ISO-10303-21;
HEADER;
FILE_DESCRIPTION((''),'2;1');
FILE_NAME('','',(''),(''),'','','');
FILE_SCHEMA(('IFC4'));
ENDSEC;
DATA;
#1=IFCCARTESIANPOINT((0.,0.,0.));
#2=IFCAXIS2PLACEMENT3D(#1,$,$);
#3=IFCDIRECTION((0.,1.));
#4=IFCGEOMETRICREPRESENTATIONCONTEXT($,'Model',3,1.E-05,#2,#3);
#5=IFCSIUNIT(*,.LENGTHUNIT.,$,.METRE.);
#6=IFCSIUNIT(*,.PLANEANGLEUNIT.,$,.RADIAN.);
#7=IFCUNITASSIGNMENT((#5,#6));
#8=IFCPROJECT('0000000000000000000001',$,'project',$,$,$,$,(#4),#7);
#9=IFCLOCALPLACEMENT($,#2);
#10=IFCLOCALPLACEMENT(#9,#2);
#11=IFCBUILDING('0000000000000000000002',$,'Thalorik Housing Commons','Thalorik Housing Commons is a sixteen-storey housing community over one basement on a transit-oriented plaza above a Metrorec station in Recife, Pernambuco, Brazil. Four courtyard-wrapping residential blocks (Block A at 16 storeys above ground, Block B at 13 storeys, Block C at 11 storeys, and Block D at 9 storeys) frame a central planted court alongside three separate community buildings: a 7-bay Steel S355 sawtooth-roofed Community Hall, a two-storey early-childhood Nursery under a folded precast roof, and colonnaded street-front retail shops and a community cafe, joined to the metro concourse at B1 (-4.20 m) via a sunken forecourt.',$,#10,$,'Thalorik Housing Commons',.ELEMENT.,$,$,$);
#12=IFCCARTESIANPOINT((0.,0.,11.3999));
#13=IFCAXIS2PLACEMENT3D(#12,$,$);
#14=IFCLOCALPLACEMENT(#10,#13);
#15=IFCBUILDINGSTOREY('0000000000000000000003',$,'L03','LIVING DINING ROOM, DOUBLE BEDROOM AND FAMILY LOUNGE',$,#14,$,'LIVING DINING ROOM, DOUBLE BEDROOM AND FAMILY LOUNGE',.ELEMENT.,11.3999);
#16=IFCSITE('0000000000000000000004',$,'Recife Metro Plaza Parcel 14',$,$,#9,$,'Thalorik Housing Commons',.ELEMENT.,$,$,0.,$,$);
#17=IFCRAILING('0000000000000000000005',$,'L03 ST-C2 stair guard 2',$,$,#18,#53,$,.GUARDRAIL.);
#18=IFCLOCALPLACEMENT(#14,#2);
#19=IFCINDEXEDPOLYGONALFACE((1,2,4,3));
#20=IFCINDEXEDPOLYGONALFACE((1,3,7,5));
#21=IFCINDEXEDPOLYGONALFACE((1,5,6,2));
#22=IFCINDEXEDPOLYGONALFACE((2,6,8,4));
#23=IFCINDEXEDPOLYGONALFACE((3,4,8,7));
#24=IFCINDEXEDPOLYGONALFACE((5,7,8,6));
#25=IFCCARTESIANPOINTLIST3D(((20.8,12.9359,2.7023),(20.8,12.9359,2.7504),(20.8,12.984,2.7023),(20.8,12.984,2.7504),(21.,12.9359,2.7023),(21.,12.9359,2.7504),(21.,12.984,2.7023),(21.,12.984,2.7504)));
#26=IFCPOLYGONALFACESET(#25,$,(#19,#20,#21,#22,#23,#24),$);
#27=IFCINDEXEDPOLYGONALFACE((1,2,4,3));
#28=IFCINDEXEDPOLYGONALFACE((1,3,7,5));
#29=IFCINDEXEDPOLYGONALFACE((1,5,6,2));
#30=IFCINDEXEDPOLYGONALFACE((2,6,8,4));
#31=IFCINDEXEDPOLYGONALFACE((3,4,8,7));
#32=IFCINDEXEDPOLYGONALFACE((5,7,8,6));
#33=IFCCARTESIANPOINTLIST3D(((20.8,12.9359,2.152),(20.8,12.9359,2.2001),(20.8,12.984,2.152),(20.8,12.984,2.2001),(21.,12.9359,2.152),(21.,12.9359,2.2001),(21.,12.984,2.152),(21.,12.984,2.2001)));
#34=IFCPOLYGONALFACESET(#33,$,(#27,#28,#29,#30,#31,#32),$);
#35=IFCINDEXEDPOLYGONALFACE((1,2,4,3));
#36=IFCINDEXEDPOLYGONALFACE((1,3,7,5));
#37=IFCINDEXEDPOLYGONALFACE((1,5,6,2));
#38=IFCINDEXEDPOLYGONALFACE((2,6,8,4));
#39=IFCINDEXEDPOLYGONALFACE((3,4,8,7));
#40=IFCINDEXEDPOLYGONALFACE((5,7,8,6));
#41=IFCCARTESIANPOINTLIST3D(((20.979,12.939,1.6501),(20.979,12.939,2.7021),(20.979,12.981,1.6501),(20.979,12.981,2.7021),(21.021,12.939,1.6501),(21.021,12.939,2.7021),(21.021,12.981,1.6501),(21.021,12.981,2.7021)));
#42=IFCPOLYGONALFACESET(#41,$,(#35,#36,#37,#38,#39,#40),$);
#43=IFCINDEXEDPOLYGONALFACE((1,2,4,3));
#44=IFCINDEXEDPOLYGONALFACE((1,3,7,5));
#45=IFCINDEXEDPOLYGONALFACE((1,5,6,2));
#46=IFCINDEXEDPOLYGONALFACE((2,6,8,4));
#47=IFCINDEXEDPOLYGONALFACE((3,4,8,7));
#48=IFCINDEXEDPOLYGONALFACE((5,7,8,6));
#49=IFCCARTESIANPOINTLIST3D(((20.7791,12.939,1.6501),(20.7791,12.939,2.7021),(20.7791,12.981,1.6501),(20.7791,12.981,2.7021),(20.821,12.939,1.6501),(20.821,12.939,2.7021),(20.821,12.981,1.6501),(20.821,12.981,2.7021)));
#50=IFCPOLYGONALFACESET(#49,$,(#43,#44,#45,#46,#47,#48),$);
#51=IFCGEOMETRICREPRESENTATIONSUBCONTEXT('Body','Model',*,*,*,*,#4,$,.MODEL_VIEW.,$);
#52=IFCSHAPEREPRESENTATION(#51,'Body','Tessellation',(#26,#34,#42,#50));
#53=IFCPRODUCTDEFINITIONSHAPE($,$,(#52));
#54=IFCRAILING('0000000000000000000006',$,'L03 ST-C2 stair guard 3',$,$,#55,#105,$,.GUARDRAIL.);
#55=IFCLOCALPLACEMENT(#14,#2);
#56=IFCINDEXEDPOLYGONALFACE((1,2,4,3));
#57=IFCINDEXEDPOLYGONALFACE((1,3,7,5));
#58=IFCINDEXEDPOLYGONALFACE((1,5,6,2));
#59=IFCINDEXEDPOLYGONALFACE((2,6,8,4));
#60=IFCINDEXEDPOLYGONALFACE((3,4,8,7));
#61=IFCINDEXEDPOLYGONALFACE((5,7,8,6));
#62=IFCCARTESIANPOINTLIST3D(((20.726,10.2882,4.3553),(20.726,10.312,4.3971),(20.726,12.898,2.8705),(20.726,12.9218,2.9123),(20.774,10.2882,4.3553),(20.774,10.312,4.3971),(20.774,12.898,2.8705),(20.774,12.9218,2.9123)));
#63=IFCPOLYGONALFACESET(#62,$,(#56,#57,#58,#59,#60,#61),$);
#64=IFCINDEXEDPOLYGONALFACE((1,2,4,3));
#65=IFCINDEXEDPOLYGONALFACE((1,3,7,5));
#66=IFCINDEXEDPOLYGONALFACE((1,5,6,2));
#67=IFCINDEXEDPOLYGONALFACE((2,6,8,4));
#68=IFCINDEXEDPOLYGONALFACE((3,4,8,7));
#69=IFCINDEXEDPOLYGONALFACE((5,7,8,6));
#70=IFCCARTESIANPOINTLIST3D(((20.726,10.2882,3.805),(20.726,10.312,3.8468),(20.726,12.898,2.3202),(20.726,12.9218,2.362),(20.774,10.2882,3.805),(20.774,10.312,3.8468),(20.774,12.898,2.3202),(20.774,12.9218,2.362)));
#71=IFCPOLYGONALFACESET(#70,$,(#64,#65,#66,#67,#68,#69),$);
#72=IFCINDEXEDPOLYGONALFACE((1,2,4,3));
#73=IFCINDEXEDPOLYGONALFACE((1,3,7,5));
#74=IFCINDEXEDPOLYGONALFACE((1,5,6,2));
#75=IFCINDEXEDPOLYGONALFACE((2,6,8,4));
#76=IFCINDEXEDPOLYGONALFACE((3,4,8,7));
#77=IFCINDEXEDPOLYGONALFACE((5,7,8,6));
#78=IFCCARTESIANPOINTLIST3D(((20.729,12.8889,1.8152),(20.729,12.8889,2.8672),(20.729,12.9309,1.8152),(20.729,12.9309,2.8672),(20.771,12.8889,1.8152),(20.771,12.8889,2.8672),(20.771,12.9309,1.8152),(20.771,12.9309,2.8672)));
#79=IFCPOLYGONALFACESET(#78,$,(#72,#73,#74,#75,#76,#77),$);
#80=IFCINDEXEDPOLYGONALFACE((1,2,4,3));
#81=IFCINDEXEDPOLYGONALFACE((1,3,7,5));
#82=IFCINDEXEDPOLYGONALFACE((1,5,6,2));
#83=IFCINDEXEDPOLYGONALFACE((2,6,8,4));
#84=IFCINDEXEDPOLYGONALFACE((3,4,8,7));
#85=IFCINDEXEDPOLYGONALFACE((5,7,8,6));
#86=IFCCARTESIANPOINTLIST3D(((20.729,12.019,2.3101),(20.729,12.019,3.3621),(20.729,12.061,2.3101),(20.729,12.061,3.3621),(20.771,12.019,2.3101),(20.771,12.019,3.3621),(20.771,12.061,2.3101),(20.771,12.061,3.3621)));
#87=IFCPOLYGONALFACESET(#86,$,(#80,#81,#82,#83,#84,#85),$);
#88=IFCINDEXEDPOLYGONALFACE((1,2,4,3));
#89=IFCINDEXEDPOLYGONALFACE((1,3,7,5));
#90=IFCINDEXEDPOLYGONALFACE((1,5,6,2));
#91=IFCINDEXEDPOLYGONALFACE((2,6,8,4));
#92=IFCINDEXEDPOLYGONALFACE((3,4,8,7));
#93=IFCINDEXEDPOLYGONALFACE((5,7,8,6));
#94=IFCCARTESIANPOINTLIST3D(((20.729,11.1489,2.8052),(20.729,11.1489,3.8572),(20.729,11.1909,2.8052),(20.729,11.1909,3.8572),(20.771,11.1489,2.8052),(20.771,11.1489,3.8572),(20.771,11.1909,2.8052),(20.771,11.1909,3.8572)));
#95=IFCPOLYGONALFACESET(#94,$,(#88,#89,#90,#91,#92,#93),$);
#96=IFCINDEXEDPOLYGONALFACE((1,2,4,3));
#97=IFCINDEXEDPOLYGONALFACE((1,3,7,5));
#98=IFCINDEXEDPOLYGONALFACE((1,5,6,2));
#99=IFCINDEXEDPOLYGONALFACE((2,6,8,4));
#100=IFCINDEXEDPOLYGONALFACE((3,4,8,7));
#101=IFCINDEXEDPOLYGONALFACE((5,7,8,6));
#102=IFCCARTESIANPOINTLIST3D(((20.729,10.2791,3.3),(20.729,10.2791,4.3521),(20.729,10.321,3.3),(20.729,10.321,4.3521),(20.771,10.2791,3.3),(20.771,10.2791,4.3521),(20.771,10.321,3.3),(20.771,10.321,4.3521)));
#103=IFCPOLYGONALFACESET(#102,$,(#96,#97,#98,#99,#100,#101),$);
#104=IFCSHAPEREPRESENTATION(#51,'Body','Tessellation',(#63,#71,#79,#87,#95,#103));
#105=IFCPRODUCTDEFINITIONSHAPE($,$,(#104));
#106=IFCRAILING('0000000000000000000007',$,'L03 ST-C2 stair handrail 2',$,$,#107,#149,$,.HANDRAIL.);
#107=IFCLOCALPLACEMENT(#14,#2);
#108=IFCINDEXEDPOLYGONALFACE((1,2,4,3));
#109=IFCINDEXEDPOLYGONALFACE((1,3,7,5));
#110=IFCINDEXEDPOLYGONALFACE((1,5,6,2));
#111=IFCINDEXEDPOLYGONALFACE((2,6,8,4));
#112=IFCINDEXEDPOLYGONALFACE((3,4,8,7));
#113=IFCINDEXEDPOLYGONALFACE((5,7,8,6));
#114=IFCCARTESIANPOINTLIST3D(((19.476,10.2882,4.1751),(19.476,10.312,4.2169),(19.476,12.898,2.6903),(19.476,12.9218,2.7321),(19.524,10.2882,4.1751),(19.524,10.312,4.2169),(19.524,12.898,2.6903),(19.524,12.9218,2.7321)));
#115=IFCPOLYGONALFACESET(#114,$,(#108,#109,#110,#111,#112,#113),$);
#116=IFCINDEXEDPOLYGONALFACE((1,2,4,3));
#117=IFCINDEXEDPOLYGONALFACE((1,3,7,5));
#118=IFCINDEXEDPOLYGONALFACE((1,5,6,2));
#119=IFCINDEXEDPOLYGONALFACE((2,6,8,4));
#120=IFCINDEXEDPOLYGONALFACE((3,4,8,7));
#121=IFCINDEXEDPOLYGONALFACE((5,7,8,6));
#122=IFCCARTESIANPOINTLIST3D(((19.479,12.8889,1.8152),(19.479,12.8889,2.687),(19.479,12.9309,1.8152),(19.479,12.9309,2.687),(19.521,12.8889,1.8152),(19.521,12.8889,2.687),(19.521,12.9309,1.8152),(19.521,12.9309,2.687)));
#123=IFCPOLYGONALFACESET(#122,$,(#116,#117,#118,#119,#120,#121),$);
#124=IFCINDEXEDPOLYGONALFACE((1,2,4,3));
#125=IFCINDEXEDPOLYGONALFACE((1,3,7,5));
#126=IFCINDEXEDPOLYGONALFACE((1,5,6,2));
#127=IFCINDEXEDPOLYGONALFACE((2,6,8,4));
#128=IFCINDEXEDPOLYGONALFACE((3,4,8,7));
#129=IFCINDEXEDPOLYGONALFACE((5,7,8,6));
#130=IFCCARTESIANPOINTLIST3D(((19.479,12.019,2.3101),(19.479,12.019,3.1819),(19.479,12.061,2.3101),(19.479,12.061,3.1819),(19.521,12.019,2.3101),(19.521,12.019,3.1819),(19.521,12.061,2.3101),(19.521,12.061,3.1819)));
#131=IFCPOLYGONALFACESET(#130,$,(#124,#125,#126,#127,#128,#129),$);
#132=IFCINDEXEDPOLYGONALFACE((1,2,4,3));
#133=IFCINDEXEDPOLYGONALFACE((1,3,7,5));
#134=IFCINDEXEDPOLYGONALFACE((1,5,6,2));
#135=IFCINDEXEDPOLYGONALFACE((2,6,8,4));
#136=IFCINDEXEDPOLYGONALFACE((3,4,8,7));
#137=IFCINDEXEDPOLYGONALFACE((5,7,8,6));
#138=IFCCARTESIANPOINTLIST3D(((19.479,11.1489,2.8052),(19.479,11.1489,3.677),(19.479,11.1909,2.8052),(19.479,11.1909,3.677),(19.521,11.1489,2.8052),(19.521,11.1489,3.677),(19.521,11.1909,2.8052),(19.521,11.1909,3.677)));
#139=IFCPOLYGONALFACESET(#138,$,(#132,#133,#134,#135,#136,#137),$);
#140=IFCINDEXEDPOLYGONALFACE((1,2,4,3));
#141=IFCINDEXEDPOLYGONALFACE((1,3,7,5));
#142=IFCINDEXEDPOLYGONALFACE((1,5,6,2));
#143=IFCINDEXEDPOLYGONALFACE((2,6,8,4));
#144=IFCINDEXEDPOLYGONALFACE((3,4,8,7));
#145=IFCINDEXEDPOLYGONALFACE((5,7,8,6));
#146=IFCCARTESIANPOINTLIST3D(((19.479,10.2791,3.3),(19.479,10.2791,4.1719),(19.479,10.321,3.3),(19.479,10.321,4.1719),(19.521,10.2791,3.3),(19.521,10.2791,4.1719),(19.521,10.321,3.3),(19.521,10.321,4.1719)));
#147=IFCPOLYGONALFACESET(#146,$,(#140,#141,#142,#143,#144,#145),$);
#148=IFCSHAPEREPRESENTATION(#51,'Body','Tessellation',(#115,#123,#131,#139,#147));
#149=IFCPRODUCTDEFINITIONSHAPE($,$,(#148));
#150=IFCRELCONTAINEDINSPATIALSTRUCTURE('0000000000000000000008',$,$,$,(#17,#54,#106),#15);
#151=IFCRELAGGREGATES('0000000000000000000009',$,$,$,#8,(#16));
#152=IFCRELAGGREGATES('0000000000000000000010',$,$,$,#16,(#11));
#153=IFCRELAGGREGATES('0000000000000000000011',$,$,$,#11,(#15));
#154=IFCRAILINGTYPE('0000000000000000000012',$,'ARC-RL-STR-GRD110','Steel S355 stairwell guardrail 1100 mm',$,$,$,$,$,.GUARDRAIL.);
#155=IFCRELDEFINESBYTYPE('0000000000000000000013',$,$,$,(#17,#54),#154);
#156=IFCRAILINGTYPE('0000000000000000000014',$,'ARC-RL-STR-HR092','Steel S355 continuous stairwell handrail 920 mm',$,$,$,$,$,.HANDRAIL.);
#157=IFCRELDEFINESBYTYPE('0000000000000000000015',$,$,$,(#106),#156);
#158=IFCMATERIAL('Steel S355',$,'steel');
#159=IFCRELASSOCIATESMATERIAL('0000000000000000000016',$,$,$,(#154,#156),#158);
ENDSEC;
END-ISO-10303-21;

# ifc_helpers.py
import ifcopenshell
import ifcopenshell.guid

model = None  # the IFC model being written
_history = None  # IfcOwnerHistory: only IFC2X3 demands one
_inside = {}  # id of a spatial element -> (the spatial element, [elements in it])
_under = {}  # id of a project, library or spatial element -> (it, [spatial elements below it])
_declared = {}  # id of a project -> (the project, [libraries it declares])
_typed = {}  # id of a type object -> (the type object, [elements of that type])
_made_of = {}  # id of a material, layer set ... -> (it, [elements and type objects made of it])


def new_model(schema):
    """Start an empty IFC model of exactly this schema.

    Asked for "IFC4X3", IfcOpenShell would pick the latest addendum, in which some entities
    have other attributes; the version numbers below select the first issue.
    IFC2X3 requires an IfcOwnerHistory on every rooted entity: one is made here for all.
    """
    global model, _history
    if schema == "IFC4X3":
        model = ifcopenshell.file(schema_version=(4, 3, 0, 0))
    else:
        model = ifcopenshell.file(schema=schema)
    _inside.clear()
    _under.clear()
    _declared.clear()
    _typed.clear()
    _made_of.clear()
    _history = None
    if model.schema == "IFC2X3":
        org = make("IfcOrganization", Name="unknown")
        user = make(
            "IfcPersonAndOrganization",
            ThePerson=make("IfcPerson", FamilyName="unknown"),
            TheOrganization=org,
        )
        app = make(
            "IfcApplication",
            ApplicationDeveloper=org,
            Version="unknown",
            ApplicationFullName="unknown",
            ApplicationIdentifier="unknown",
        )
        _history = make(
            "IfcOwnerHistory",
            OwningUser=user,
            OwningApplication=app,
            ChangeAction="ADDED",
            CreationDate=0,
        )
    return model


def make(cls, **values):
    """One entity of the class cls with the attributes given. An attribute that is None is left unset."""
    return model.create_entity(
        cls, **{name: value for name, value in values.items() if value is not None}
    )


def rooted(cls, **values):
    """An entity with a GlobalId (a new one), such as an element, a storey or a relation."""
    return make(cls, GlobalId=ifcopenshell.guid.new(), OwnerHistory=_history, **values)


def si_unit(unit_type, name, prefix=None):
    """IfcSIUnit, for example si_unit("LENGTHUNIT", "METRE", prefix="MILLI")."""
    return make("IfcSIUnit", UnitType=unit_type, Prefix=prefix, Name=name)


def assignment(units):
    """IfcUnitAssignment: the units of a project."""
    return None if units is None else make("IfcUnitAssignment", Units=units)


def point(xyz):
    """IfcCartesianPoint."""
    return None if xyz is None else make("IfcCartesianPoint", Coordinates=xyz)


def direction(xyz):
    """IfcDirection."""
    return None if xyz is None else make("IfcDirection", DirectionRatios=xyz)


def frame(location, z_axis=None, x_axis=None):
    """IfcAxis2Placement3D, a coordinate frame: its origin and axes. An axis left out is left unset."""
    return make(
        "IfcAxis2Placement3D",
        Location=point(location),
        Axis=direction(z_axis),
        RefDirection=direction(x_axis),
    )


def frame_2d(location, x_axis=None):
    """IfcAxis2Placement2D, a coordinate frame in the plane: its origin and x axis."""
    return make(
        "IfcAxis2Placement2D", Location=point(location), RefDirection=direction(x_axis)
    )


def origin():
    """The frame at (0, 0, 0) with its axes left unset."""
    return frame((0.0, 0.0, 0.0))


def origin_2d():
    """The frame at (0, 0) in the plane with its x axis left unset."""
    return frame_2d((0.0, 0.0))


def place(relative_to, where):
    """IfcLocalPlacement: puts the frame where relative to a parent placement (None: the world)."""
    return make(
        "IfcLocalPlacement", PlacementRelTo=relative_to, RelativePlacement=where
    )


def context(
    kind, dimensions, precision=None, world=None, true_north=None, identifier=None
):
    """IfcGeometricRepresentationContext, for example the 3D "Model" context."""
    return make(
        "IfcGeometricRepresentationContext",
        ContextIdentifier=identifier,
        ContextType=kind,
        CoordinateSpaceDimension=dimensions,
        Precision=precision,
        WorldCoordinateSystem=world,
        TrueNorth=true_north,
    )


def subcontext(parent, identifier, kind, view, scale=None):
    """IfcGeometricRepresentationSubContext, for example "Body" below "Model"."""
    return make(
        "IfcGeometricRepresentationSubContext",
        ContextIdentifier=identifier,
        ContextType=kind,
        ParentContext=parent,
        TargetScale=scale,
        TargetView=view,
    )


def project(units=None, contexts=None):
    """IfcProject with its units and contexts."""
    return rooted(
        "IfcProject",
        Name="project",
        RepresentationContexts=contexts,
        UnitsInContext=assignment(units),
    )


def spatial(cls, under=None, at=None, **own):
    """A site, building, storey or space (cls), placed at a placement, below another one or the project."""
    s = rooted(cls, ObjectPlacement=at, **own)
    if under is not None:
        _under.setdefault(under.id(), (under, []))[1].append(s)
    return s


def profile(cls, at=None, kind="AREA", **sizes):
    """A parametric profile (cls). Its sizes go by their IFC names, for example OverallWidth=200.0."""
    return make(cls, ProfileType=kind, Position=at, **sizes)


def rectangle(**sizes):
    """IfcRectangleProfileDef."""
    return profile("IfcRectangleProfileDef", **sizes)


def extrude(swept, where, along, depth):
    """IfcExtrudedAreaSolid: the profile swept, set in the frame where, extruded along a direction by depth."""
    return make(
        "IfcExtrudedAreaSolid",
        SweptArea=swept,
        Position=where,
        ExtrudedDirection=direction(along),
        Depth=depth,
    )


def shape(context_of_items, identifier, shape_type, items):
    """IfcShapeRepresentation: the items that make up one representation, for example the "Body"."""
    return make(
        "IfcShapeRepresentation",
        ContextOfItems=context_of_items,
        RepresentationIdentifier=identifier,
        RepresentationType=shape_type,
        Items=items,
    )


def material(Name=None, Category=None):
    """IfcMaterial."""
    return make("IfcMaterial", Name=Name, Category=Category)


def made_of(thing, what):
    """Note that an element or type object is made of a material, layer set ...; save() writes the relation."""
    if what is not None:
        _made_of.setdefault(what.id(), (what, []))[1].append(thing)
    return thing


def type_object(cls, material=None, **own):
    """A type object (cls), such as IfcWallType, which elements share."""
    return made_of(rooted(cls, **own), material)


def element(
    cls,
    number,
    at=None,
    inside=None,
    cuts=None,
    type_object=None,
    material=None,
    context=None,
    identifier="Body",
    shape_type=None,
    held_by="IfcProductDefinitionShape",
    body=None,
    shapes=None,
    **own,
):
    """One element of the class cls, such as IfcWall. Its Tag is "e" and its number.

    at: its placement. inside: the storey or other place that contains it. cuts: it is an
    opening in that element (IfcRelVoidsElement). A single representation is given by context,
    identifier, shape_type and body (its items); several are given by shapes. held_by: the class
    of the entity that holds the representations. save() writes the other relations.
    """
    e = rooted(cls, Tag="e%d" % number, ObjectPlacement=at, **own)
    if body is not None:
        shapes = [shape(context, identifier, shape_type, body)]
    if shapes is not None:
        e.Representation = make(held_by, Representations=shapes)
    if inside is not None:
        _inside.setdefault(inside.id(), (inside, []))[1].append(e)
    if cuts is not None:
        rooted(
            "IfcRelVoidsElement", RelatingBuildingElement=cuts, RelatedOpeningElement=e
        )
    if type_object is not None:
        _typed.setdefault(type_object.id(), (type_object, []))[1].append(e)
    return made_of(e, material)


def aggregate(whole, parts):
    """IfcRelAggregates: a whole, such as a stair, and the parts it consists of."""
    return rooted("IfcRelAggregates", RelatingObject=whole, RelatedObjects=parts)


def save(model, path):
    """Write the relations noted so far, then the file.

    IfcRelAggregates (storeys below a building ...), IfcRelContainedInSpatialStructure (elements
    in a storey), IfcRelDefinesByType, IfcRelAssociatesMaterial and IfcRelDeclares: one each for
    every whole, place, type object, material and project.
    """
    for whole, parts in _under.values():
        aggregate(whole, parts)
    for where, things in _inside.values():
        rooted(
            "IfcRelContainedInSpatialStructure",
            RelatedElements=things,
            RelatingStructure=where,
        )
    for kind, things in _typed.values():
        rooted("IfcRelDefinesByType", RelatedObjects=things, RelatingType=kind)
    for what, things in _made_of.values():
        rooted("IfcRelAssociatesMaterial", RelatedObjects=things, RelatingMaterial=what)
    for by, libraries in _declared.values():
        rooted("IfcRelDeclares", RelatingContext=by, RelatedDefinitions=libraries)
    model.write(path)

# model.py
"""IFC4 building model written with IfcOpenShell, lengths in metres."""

from ifc_helpers import new_model, si_unit, direction, frame, origin, origin_2d, place, context, subcontext, project, spatial, rectangle, extrude, material, type_object, element, save


model = new_model("IFC4")

# Units and contexts
model_context = context("Model", 3, precision=1e-05, world=origin(), true_north=direction((0.0, 1.0)))
body_context = subcontext(model_context, "Body", "Model", "MODEL_VIEW")
ifc_project = project(units=[si_unit("LENGTHUNIT", "METRE"), si_unit("PLANEANGLEUNIT", "RADIAN")], contexts=[model_context])

# Site, building, storey
site_placement = place(None, origin())
site = spatial("IfcSite", under=ifc_project, at=site_placement, Name="Recife Metro Plaza Parcel 14", LongName="Thalorik Housing Commons", CompositionType="ELEMENT", RefElevation=0.0)
building_placement = place(site_placement, origin())
building = spatial("IfcBuilding", under=site, at=building_placement, Name="Thalorik Housing Commons", Description="Thalorik Housing Commons is a sixteen-storey housing community over one basement on a transit-oriented plaza above a Metrorec station in Recife, Pernambuco, Brazil. Four courtyard-wrapping residential blocks (Block A at 16 storeys above ground, Block B at 13 storeys, Block C at 11 storeys, and Block D at 9 storeys) frame a central planted court alongside three separate community buildings: a 7-bay Steel S355 sawtooth-roofed Community Hall, a two-storey early-childhood Nursery under a folded precast roof, and colonnaded street-front retail shops and a community cafe, joined to the metro concourse at B1 (-4.20 m) via a sunken forecourt.", LongName="Thalorik Housing Commons", CompositionType="ELEMENT")
storey_placement = place(building_placement, frame((0.0, 0.0, 11.3999)))
storey = spatial("IfcBuildingStorey", under=building, at=storey_placement, Name="L03", Description="LIVING DINING ROOM, DOUBLE BEDROOM AND FAMILY LOUNGE", LongName="LIVING DINING ROOM, DOUBLE BEDROOM AND FAMILY LOUNGE", CompositionType="ELEMENT", Elevation=11.3999)

# Shared definitions
ifc_material_1 = material(Name="Steel S355", Category="steel")

# Railings
railing_type_1 = type_object("IfcRailingType", Name="ARC-RL-STR-GRD110", Description="Steel S355 stairwell guardrail 1100 mm", PredefinedType="GUARDRAIL", material=ifc_material_1)
railing_1_placement = place(storey_placement, frame((21.0, 12.96, 1.6501)))
element("IfcRailing", 1, at=railing_1_placement, inside=storey, type_object=railing_type_1, Name="L03 ST-C2 stair guard 2", PredefinedType="GUARDRAIL", context=body_context, shape_type="SweptSolid", body=[
    extrude(rectangle(XDim=0.0481, YDim=0.0481, at=origin_2d()), frame((0.0, 0.0, 1.0762), z_axis=(-1.0, 0.0, 0.0), x_axis=(0.0, -1.0, 0.0)), (0.0, 0.0, 1.0), 0.2),
    extrude(rectangle(XDim=0.0481, YDim=0.0481, at=origin_2d()), frame((0.0, 0.0, 0.5259), z_axis=(-1.0, 0.0, 0.0), x_axis=(0.0, -1.0, 0.0)), (0.0, 0.0, 1.0), 0.2),
    extrude(rectangle(XDim=0.042, YDim=0.042, at=origin_2d()), origin(), (0.0, 0.0, 1.0), 1.052),
    extrude(rectangle(XDim=0.042, YDim=0.042, at=origin_2d()), frame((-0.2, 0.0, 0.0)), (0.0, 0.0, 1.0), 1.052),
])
railing_2_placement = place(storey_placement, frame((20.75, 12.9099, 1.8152)))
element("IfcRailing", 2, at=railing_2_placement, inside=storey, type_object=railing_type_1, Name="L03 ST-C2 stair guard 3", PredefinedType="GUARDRAIL", context=body_context, shape_type="SweptSolid", body=[
    extrude(rectangle(XDim=0.0481, YDim=0.0481, at=origin_2d()), frame((0.0, 0.0, 1.0762), z_axis=(0.0, -0.869172, 0.494509), x_axis=(1.0, 0.0, 0.0)), (0.0, 0.0, 1.0), 3.0027),
    extrude(rectangle(XDim=0.0481, YDim=0.0481, at=origin_2d()), frame((0.0, 0.0, 0.5259), z_axis=(0.0, -0.869172, 0.494509), x_axis=(1.0, 0.0, 0.0)), (0.0, 0.0, 1.0), 3.0027),
    extrude(rectangle(XDim=0.042, YDim=0.042, at=origin_2d()), origin(), (0.0, 0.0, 1.0), 1.052),
    extrude(rectangle(XDim=0.042, YDim=0.042, at=origin_2d()), frame((0.0, -0.8699, 0.4949)), (0.0, 0.0, 1.0), 1.052),
    extrude(rectangle(XDim=0.042, YDim=0.042, at=origin_2d()), frame((0.0, -1.74, 0.99)), (0.0, 0.0, 1.0), 1.052),
    extrude(rectangle(XDim=0.042, YDim=0.042, at=origin_2d()), frame((0.0, -2.6099, 1.4849)), (0.0, 0.0, 1.0), 1.052),
])
railing_type_2 = type_object("IfcRailingType", Name="ARC-RL-STR-HR092", Description="Steel S355 continuous stairwell handrail 920 mm", PredefinedType="HANDRAIL", material=ifc_material_1)
railing_3_placement = place(storey_placement, frame((19.5, 12.9099, 1.8152)))
element("IfcRailing", 3, at=railing_3_placement, inside=storey, type_object=railing_type_2, Name="L03 ST-C2 stair handrail 2", PredefinedType="HANDRAIL", context=body_context, shape_type="SweptSolid", body=[
    extrude(rectangle(XDim=0.0481, YDim=0.0481, at=origin_2d()), frame((0.0, 0.0, 0.896), z_axis=(0.0, -0.869172, 0.494509), x_axis=(1.0, 0.0, 0.0)), (0.0, 0.0, 1.0), 3.0027),
    extrude(rectangle(XDim=0.042, YDim=0.042, at=origin_2d()), origin(), (0.0, 0.0, 1.0), 0.8718),
    extrude(rectangle(XDim=0.042, YDim=0.042, at=origin_2d()), frame((0.0, -0.8699, 0.4949)), (0.0, 0.0, 1.0), 0.8718),
    extrude(rectangle(XDim=0.042, YDim=0.042, at=origin_2d()), frame((0.0, -1.74, 0.99)), (0.0, 0.0, 1.0), 0.8718),
    extrude(rectangle(XDim=0.042, YDim=0.042, at=origin_2d()), frame((0.0, -2.6099, 1.4849)), (0.0, 0.0, 1.0), 0.8718),
])

save(model, "model.ifc")
